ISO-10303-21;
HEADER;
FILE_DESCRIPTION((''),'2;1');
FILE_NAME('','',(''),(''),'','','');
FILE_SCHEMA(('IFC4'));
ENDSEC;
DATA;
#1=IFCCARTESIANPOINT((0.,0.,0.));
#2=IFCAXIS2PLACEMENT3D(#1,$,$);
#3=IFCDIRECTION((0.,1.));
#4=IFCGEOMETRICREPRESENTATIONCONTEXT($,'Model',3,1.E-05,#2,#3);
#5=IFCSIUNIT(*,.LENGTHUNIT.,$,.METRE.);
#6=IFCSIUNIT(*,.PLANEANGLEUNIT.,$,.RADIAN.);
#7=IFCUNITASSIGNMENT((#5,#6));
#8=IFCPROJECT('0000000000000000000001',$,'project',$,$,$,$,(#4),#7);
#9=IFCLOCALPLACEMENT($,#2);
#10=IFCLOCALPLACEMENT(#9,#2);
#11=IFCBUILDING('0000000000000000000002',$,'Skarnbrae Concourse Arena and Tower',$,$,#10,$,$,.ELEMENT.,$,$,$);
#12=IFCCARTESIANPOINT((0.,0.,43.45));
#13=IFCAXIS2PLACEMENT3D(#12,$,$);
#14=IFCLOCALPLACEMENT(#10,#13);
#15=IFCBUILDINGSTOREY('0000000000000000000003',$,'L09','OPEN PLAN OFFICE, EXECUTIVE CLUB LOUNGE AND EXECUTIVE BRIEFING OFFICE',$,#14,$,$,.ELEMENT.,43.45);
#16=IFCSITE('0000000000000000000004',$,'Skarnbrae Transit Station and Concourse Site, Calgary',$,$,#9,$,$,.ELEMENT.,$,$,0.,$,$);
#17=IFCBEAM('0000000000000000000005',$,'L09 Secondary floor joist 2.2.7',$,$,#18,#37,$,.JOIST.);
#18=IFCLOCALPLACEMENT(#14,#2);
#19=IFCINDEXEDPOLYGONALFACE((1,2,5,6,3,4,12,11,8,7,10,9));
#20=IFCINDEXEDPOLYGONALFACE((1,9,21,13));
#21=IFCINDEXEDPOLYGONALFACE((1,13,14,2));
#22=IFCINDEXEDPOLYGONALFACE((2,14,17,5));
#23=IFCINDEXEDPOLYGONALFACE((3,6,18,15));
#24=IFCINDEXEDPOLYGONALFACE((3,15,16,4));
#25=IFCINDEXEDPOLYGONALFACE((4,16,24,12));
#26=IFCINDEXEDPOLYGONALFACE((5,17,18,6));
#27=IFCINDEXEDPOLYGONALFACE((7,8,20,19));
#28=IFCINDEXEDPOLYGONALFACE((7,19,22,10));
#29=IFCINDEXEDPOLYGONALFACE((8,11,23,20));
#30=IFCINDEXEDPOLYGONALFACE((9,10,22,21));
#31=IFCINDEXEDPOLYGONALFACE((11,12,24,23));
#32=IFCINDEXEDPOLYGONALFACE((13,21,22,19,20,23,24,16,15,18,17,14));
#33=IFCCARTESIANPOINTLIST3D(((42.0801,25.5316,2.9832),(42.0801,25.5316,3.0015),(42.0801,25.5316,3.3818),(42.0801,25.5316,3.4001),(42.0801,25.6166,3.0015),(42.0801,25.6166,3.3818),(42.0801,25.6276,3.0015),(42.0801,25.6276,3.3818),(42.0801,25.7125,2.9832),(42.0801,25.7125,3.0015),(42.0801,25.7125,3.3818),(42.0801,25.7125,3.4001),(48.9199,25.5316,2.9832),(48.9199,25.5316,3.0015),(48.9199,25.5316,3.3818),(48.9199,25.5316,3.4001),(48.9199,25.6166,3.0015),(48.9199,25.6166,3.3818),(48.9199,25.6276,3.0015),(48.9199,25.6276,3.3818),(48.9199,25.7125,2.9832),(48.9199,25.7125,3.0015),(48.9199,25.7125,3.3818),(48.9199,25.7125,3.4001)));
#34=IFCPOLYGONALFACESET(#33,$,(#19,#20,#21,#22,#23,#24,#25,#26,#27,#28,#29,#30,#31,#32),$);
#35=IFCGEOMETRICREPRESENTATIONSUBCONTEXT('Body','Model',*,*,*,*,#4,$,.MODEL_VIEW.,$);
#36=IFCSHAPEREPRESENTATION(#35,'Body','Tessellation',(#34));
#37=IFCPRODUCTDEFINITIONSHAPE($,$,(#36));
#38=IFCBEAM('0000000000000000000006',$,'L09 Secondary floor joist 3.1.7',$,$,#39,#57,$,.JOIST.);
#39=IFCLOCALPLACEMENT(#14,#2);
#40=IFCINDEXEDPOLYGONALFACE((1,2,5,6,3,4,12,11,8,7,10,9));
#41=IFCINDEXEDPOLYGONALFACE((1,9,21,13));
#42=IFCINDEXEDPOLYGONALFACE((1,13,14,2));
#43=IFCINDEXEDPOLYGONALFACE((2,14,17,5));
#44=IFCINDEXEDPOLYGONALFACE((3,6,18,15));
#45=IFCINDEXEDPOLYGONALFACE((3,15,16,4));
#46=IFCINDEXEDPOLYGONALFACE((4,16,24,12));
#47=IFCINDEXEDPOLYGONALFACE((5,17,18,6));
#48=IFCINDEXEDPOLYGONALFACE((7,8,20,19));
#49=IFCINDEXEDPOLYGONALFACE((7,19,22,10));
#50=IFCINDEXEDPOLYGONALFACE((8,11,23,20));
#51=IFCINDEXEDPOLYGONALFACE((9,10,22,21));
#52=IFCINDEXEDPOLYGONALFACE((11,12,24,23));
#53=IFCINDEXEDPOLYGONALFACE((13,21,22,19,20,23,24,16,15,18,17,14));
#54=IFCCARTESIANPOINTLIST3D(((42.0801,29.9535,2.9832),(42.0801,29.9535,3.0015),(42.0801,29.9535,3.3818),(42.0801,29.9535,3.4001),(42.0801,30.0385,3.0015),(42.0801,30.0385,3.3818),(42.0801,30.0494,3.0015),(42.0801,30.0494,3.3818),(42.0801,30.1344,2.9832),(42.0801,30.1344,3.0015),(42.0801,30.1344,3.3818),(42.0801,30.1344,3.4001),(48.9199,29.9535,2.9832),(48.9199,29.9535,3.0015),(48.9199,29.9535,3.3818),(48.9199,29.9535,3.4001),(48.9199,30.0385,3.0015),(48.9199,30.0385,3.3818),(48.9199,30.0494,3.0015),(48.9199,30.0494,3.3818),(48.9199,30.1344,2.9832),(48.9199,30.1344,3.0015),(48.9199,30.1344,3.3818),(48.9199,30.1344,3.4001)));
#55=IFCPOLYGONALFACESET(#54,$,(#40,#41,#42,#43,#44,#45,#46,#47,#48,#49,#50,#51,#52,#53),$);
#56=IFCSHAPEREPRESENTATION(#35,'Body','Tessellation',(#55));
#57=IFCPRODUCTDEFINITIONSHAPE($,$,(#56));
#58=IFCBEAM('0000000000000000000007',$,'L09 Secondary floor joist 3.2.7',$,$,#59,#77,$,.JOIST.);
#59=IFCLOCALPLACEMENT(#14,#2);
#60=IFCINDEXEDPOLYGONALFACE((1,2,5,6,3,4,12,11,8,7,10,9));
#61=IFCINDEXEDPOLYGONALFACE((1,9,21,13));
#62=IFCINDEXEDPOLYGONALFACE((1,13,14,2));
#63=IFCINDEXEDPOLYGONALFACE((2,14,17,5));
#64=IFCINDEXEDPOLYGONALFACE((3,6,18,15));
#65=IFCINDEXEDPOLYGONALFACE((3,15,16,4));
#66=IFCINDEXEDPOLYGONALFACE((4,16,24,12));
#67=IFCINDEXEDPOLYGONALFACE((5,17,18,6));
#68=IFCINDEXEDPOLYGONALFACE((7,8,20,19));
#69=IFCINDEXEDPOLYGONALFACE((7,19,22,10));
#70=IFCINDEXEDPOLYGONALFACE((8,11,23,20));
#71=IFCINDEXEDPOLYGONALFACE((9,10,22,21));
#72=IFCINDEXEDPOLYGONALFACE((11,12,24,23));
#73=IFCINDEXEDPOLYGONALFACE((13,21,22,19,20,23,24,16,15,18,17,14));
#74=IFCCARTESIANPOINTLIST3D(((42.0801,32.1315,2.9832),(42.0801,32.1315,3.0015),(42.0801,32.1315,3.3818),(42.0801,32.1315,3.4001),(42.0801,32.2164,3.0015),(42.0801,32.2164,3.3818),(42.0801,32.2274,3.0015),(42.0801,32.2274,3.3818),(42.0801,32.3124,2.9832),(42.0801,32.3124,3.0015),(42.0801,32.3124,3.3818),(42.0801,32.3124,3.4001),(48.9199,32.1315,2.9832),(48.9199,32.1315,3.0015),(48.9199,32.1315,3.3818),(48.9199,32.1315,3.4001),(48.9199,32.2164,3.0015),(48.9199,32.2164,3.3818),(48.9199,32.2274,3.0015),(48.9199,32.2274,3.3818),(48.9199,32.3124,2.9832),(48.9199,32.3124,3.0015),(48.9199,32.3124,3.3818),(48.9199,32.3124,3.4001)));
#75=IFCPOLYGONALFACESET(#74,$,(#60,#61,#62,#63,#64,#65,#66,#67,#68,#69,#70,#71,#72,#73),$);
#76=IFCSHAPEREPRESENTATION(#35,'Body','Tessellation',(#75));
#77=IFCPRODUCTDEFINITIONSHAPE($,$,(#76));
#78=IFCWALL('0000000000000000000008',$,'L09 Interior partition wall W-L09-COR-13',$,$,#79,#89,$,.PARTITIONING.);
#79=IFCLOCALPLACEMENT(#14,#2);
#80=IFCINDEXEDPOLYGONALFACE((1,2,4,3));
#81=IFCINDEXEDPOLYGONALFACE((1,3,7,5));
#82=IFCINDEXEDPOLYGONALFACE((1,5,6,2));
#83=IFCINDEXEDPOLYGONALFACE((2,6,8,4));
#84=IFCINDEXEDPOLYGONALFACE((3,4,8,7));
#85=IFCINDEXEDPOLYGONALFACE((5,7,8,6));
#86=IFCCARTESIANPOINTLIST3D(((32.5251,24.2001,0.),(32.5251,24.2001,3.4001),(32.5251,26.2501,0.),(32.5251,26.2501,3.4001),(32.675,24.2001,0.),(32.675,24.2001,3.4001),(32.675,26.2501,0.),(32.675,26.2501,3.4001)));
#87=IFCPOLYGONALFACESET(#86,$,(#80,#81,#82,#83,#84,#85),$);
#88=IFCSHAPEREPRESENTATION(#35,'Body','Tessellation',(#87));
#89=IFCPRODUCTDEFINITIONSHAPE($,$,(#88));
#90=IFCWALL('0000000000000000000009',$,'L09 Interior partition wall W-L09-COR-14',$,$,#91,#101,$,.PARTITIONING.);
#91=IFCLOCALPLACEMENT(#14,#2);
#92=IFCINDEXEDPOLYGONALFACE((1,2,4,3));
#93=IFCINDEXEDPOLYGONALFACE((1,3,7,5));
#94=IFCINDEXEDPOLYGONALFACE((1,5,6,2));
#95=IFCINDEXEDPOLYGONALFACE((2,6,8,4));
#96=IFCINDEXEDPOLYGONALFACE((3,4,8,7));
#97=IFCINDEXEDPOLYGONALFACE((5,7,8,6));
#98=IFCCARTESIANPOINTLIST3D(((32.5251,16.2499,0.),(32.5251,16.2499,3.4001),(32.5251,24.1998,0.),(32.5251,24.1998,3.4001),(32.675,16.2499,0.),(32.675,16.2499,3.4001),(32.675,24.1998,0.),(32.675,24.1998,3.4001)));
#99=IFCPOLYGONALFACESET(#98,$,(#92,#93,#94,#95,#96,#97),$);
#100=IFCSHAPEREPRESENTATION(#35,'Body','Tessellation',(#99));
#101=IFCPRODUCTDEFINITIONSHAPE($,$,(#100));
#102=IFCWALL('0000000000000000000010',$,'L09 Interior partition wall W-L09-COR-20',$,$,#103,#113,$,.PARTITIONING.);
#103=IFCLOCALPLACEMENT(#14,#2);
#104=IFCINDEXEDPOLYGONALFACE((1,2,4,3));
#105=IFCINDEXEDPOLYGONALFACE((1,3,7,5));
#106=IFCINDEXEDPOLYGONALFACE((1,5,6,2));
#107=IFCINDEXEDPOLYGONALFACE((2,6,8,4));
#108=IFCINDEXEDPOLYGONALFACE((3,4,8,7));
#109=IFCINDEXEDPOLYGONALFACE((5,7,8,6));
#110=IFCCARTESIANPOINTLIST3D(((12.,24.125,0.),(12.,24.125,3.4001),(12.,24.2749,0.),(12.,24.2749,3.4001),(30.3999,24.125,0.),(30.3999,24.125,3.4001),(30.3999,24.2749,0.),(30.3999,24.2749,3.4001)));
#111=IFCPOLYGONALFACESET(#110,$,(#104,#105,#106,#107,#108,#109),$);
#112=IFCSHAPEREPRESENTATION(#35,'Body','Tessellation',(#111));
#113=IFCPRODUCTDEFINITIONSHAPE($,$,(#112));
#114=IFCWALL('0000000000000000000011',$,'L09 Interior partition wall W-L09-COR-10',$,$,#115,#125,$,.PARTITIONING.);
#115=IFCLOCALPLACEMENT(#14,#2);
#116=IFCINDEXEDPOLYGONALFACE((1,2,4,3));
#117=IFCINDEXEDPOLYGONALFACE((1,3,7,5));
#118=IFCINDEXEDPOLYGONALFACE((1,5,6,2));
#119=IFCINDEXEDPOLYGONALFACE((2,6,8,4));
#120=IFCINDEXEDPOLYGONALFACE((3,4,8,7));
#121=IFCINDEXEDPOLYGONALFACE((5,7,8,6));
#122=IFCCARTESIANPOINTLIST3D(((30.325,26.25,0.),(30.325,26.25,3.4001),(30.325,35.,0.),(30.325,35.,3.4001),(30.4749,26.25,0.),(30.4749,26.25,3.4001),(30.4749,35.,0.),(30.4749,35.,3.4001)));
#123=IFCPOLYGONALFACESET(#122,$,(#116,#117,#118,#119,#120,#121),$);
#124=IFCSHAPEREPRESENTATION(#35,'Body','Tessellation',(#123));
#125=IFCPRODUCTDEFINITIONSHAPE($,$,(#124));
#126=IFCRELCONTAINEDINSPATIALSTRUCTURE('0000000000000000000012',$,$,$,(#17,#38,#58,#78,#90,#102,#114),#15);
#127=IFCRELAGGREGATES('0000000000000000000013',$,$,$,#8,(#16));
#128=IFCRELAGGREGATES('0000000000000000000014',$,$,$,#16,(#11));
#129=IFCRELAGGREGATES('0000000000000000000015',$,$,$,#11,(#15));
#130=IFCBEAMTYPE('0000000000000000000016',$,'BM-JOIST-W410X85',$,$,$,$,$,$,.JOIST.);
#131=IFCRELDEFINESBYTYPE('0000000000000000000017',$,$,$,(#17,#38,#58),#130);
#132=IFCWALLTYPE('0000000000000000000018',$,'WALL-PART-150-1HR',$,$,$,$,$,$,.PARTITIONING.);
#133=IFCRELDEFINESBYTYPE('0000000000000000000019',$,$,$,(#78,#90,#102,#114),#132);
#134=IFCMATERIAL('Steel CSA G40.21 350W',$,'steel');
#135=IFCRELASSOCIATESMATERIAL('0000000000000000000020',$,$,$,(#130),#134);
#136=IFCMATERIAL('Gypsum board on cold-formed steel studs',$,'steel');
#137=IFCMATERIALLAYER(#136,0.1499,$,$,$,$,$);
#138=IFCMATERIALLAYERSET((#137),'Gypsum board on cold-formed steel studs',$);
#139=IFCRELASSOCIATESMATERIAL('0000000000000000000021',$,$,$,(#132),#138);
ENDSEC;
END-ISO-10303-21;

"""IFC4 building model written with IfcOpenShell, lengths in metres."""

from ifc_helpers import new_model, si_unit, direction, frame, frame_2d, origin, origin_2d, place, context, subcontext, project, spatial, rectangle, i_section, extrude, source, transform, mapped, material, layer, layer_set, material_profile, profile_set, type_object, element, save


model = new_model("IFC4")

# Units and contexts
model_context = context("Model", 3, precision=1e-05, world=origin(), true_north=direction((0.0, 1.0)))
body_context = subcontext(model_context, "Body", "Model", "MODEL_VIEW")
ifc_project = project(units=[si_unit("LENGTHUNIT", "METRE"), si_unit("PLANEANGLEUNIT", "RADIAN")], contexts=[model_context])

# Site, building, storey
site_placement = place(None, origin())
site = spatial("IfcSite", under=ifc_project, at=site_placement, Name="Skarnbrae Transit Station and Concourse Site, Calgary", CompositionType="ELEMENT", RefElevation=0.0)
building_placement = place(site_placement, origin())
building = spatial("IfcBuilding", under=site, at=building_placement, Name="Skarnbrae Concourse Arena and Tower", CompositionType="ELEMENT")
storey_placement = place(building_placement, frame((0.0, 0.0, 43.45)))
storey = spatial("IfcBuildingStorey", under=building, at=storey_placement, Name="L09", Description="OPEN PLAN OFFICE, EXECUTIVE CLUB LOUNGE AND EXECUTIVE BRIEFING OFFICE", CompositionType="ELEMENT", Elevation=43.45)

# Shared definitions
ifc_material_1 = material(Name="Steel CSA G40.21 350W", Category="steel")

# Beams
ifc_material_profile_1 = material_profile(ifc_material_1, i_section(OverallWidth=0.1809, OverallDepth=0.417, WebThickness=0.011, FlangeThickness=0.0183, at=origin_2d()), Name="W410X85")
ifc_profile_set_1 = profile_set([ifc_material_profile_1], Name="Steel CSA G40.21 350W")
beam_type_1 = type_object("IfcBeamType", Name="BM-JOIST-W410X85", PredefinedType="JOIST", material=ifc_profile_set_1)
shared_shape_1 = source(origin(), body_context, "Body", "SweptSolid", [
    extrude(i_section(OverallWidth=0.1809, OverallDepth=0.417, WebThickness=0.011, FlangeThickness=0.0183, at=origin_2d()), origin(), (0.0, 0.0, 1.0), 6.8398),
])
for number, where, z_axis, x_axis, name in (
    (1, (42.0801, 25.6221, 3.1917), (1.0, 0.0, 0.0), (0.0, 1.0, 0.0), "L09 Secondary floor joist 2.2.7"),
    (2, (42.0801, 30.0439, 3.1917), (1.0, 0.0, 0.0), (0.0, 1.0, 0.0), "L09 Secondary floor joist 3.1.7"),
    (3, (42.0801, 32.2219, 3.1917), (1.0, 0.0, 0.0), (0.0, 1.0, 0.0), "L09 Secondary floor joist 3.2.7"),
):
    element("IfcBeam", number, at=place(storey_placement, frame(where, z_axis=z_axis, x_axis=x_axis)), inside=storey, type_object=beam_type_1, Name=name, PredefinedType="JOIST", context=body_context, shape_type="MappedRepresentation", body=[
        mapped(shared_shape_1, transform((0.0, 0.0, 0.0))),
    ])

# Walls
ifc_material_2 = material(Name="Gypsum board on cold-formed steel studs", Category="steel")
ifc_layer = layer(ifc_material_2, 0.1499)
ifc_layer_set = layer_set([ifc_layer], Name="Gypsum board on cold-formed steel studs")
wall_type = type_object("IfcWallType", Name="WALL-PART-150-1HR", PredefinedType="PARTITIONING", material=ifc_layer_set)
shared_shape_2 = source(origin(), body_context, "Body", "SweptSolid", [
    extrude(rectangle(XDim=2.05, YDim=0.1499, at=frame_2d((1.0249, 0.0))), origin(), (0.0, 0.0, 1.0), 3.4001),
])
wall_1_placement = place(storey_placement, frame((32.6001, 26.25, 0.0), z_axis=(0.0, 0.0, 1.0), x_axis=(0.0, -1.0, 0.0)))
element("IfcWall", 4, at=wall_1_placement, inside=storey, type_object=wall_type, Name="L09 Interior partition wall W-L09-COR-13", PredefinedType="PARTITIONING", context=body_context, shape_type="MappedRepresentation", body=[
    mapped(shared_shape_2, transform((0.0, 0.0, 0.0))),
])
shared_shape_3 = source(origin(), body_context, "Body", "SweptSolid", [
    extrude(rectangle(XDim=7.95, YDim=0.1499, at=frame_2d((3.9751, 0.0))), origin(), (0.0, 0.0, 1.0), 3.4001),
])
wall_2_placement = place(storey_placement, frame((32.6001, 24.2, 0.0), z_axis=(0.0, 0.0, 1.0), x_axis=(0.0, -1.0, 0.0)))
element("IfcWall", 5, at=wall_2_placement, inside=storey, type_object=wall_type, Name="L09 Interior partition wall W-L09-COR-14", PredefinedType="PARTITIONING", context=body_context, shape_type="MappedRepresentation", body=[
    mapped(shared_shape_3, transform((0.0, 0.0, 0.0))),
])
shared_shape_4 = source(origin(), body_context, "Body", "SweptSolid", [
    extrude(rectangle(XDim=18.3999, YDim=0.1499, at=frame_2d((9.2, 0.0))), origin(), (0.0, 0.0, 1.0), 3.4001),
])
wall_3_placement = place(storey_placement, frame((30.3999, 24.2, 0.0), z_axis=(0.0, 0.0, 1.0), x_axis=(-1.0, 0.0, 0.0)))
element("IfcWall", 6, at=wall_3_placement, inside=storey, type_object=wall_type, Name="L09 Interior partition wall W-L09-COR-20", PredefinedType="PARTITIONING", context=body_context, shape_type="MappedRepresentation", body=[
    mapped(shared_shape_4, transform((0.0, 0.0, 0.0))),
])
shared_shape_5 = source(origin(), body_context, "Body", "SweptSolid", [
    extrude(rectangle(XDim=8.75, YDim=0.1499, at=frame_2d((4.375, 0.0))), origin(), (0.0, 0.0, 1.0), 3.4001),
])
wall_4_placement = place(storey_placement, frame((30.3999, 26.25, 0.0), z_axis=(0.0, 0.0, 1.0), x_axis=(0.0, 1.0, 0.0)))
element("IfcWall", 7, at=wall_4_placement, inside=storey, type_object=wall_type, Name="L09 Interior partition wall W-L09-COR-10", PredefinedType="PARTITIONING", context=body_context, shape_type="MappedRepresentation", body=[
    mapped(shared_shape_5, transform((0.0, 0.0, 0.0))),
])

save(model, "model.ifc")
